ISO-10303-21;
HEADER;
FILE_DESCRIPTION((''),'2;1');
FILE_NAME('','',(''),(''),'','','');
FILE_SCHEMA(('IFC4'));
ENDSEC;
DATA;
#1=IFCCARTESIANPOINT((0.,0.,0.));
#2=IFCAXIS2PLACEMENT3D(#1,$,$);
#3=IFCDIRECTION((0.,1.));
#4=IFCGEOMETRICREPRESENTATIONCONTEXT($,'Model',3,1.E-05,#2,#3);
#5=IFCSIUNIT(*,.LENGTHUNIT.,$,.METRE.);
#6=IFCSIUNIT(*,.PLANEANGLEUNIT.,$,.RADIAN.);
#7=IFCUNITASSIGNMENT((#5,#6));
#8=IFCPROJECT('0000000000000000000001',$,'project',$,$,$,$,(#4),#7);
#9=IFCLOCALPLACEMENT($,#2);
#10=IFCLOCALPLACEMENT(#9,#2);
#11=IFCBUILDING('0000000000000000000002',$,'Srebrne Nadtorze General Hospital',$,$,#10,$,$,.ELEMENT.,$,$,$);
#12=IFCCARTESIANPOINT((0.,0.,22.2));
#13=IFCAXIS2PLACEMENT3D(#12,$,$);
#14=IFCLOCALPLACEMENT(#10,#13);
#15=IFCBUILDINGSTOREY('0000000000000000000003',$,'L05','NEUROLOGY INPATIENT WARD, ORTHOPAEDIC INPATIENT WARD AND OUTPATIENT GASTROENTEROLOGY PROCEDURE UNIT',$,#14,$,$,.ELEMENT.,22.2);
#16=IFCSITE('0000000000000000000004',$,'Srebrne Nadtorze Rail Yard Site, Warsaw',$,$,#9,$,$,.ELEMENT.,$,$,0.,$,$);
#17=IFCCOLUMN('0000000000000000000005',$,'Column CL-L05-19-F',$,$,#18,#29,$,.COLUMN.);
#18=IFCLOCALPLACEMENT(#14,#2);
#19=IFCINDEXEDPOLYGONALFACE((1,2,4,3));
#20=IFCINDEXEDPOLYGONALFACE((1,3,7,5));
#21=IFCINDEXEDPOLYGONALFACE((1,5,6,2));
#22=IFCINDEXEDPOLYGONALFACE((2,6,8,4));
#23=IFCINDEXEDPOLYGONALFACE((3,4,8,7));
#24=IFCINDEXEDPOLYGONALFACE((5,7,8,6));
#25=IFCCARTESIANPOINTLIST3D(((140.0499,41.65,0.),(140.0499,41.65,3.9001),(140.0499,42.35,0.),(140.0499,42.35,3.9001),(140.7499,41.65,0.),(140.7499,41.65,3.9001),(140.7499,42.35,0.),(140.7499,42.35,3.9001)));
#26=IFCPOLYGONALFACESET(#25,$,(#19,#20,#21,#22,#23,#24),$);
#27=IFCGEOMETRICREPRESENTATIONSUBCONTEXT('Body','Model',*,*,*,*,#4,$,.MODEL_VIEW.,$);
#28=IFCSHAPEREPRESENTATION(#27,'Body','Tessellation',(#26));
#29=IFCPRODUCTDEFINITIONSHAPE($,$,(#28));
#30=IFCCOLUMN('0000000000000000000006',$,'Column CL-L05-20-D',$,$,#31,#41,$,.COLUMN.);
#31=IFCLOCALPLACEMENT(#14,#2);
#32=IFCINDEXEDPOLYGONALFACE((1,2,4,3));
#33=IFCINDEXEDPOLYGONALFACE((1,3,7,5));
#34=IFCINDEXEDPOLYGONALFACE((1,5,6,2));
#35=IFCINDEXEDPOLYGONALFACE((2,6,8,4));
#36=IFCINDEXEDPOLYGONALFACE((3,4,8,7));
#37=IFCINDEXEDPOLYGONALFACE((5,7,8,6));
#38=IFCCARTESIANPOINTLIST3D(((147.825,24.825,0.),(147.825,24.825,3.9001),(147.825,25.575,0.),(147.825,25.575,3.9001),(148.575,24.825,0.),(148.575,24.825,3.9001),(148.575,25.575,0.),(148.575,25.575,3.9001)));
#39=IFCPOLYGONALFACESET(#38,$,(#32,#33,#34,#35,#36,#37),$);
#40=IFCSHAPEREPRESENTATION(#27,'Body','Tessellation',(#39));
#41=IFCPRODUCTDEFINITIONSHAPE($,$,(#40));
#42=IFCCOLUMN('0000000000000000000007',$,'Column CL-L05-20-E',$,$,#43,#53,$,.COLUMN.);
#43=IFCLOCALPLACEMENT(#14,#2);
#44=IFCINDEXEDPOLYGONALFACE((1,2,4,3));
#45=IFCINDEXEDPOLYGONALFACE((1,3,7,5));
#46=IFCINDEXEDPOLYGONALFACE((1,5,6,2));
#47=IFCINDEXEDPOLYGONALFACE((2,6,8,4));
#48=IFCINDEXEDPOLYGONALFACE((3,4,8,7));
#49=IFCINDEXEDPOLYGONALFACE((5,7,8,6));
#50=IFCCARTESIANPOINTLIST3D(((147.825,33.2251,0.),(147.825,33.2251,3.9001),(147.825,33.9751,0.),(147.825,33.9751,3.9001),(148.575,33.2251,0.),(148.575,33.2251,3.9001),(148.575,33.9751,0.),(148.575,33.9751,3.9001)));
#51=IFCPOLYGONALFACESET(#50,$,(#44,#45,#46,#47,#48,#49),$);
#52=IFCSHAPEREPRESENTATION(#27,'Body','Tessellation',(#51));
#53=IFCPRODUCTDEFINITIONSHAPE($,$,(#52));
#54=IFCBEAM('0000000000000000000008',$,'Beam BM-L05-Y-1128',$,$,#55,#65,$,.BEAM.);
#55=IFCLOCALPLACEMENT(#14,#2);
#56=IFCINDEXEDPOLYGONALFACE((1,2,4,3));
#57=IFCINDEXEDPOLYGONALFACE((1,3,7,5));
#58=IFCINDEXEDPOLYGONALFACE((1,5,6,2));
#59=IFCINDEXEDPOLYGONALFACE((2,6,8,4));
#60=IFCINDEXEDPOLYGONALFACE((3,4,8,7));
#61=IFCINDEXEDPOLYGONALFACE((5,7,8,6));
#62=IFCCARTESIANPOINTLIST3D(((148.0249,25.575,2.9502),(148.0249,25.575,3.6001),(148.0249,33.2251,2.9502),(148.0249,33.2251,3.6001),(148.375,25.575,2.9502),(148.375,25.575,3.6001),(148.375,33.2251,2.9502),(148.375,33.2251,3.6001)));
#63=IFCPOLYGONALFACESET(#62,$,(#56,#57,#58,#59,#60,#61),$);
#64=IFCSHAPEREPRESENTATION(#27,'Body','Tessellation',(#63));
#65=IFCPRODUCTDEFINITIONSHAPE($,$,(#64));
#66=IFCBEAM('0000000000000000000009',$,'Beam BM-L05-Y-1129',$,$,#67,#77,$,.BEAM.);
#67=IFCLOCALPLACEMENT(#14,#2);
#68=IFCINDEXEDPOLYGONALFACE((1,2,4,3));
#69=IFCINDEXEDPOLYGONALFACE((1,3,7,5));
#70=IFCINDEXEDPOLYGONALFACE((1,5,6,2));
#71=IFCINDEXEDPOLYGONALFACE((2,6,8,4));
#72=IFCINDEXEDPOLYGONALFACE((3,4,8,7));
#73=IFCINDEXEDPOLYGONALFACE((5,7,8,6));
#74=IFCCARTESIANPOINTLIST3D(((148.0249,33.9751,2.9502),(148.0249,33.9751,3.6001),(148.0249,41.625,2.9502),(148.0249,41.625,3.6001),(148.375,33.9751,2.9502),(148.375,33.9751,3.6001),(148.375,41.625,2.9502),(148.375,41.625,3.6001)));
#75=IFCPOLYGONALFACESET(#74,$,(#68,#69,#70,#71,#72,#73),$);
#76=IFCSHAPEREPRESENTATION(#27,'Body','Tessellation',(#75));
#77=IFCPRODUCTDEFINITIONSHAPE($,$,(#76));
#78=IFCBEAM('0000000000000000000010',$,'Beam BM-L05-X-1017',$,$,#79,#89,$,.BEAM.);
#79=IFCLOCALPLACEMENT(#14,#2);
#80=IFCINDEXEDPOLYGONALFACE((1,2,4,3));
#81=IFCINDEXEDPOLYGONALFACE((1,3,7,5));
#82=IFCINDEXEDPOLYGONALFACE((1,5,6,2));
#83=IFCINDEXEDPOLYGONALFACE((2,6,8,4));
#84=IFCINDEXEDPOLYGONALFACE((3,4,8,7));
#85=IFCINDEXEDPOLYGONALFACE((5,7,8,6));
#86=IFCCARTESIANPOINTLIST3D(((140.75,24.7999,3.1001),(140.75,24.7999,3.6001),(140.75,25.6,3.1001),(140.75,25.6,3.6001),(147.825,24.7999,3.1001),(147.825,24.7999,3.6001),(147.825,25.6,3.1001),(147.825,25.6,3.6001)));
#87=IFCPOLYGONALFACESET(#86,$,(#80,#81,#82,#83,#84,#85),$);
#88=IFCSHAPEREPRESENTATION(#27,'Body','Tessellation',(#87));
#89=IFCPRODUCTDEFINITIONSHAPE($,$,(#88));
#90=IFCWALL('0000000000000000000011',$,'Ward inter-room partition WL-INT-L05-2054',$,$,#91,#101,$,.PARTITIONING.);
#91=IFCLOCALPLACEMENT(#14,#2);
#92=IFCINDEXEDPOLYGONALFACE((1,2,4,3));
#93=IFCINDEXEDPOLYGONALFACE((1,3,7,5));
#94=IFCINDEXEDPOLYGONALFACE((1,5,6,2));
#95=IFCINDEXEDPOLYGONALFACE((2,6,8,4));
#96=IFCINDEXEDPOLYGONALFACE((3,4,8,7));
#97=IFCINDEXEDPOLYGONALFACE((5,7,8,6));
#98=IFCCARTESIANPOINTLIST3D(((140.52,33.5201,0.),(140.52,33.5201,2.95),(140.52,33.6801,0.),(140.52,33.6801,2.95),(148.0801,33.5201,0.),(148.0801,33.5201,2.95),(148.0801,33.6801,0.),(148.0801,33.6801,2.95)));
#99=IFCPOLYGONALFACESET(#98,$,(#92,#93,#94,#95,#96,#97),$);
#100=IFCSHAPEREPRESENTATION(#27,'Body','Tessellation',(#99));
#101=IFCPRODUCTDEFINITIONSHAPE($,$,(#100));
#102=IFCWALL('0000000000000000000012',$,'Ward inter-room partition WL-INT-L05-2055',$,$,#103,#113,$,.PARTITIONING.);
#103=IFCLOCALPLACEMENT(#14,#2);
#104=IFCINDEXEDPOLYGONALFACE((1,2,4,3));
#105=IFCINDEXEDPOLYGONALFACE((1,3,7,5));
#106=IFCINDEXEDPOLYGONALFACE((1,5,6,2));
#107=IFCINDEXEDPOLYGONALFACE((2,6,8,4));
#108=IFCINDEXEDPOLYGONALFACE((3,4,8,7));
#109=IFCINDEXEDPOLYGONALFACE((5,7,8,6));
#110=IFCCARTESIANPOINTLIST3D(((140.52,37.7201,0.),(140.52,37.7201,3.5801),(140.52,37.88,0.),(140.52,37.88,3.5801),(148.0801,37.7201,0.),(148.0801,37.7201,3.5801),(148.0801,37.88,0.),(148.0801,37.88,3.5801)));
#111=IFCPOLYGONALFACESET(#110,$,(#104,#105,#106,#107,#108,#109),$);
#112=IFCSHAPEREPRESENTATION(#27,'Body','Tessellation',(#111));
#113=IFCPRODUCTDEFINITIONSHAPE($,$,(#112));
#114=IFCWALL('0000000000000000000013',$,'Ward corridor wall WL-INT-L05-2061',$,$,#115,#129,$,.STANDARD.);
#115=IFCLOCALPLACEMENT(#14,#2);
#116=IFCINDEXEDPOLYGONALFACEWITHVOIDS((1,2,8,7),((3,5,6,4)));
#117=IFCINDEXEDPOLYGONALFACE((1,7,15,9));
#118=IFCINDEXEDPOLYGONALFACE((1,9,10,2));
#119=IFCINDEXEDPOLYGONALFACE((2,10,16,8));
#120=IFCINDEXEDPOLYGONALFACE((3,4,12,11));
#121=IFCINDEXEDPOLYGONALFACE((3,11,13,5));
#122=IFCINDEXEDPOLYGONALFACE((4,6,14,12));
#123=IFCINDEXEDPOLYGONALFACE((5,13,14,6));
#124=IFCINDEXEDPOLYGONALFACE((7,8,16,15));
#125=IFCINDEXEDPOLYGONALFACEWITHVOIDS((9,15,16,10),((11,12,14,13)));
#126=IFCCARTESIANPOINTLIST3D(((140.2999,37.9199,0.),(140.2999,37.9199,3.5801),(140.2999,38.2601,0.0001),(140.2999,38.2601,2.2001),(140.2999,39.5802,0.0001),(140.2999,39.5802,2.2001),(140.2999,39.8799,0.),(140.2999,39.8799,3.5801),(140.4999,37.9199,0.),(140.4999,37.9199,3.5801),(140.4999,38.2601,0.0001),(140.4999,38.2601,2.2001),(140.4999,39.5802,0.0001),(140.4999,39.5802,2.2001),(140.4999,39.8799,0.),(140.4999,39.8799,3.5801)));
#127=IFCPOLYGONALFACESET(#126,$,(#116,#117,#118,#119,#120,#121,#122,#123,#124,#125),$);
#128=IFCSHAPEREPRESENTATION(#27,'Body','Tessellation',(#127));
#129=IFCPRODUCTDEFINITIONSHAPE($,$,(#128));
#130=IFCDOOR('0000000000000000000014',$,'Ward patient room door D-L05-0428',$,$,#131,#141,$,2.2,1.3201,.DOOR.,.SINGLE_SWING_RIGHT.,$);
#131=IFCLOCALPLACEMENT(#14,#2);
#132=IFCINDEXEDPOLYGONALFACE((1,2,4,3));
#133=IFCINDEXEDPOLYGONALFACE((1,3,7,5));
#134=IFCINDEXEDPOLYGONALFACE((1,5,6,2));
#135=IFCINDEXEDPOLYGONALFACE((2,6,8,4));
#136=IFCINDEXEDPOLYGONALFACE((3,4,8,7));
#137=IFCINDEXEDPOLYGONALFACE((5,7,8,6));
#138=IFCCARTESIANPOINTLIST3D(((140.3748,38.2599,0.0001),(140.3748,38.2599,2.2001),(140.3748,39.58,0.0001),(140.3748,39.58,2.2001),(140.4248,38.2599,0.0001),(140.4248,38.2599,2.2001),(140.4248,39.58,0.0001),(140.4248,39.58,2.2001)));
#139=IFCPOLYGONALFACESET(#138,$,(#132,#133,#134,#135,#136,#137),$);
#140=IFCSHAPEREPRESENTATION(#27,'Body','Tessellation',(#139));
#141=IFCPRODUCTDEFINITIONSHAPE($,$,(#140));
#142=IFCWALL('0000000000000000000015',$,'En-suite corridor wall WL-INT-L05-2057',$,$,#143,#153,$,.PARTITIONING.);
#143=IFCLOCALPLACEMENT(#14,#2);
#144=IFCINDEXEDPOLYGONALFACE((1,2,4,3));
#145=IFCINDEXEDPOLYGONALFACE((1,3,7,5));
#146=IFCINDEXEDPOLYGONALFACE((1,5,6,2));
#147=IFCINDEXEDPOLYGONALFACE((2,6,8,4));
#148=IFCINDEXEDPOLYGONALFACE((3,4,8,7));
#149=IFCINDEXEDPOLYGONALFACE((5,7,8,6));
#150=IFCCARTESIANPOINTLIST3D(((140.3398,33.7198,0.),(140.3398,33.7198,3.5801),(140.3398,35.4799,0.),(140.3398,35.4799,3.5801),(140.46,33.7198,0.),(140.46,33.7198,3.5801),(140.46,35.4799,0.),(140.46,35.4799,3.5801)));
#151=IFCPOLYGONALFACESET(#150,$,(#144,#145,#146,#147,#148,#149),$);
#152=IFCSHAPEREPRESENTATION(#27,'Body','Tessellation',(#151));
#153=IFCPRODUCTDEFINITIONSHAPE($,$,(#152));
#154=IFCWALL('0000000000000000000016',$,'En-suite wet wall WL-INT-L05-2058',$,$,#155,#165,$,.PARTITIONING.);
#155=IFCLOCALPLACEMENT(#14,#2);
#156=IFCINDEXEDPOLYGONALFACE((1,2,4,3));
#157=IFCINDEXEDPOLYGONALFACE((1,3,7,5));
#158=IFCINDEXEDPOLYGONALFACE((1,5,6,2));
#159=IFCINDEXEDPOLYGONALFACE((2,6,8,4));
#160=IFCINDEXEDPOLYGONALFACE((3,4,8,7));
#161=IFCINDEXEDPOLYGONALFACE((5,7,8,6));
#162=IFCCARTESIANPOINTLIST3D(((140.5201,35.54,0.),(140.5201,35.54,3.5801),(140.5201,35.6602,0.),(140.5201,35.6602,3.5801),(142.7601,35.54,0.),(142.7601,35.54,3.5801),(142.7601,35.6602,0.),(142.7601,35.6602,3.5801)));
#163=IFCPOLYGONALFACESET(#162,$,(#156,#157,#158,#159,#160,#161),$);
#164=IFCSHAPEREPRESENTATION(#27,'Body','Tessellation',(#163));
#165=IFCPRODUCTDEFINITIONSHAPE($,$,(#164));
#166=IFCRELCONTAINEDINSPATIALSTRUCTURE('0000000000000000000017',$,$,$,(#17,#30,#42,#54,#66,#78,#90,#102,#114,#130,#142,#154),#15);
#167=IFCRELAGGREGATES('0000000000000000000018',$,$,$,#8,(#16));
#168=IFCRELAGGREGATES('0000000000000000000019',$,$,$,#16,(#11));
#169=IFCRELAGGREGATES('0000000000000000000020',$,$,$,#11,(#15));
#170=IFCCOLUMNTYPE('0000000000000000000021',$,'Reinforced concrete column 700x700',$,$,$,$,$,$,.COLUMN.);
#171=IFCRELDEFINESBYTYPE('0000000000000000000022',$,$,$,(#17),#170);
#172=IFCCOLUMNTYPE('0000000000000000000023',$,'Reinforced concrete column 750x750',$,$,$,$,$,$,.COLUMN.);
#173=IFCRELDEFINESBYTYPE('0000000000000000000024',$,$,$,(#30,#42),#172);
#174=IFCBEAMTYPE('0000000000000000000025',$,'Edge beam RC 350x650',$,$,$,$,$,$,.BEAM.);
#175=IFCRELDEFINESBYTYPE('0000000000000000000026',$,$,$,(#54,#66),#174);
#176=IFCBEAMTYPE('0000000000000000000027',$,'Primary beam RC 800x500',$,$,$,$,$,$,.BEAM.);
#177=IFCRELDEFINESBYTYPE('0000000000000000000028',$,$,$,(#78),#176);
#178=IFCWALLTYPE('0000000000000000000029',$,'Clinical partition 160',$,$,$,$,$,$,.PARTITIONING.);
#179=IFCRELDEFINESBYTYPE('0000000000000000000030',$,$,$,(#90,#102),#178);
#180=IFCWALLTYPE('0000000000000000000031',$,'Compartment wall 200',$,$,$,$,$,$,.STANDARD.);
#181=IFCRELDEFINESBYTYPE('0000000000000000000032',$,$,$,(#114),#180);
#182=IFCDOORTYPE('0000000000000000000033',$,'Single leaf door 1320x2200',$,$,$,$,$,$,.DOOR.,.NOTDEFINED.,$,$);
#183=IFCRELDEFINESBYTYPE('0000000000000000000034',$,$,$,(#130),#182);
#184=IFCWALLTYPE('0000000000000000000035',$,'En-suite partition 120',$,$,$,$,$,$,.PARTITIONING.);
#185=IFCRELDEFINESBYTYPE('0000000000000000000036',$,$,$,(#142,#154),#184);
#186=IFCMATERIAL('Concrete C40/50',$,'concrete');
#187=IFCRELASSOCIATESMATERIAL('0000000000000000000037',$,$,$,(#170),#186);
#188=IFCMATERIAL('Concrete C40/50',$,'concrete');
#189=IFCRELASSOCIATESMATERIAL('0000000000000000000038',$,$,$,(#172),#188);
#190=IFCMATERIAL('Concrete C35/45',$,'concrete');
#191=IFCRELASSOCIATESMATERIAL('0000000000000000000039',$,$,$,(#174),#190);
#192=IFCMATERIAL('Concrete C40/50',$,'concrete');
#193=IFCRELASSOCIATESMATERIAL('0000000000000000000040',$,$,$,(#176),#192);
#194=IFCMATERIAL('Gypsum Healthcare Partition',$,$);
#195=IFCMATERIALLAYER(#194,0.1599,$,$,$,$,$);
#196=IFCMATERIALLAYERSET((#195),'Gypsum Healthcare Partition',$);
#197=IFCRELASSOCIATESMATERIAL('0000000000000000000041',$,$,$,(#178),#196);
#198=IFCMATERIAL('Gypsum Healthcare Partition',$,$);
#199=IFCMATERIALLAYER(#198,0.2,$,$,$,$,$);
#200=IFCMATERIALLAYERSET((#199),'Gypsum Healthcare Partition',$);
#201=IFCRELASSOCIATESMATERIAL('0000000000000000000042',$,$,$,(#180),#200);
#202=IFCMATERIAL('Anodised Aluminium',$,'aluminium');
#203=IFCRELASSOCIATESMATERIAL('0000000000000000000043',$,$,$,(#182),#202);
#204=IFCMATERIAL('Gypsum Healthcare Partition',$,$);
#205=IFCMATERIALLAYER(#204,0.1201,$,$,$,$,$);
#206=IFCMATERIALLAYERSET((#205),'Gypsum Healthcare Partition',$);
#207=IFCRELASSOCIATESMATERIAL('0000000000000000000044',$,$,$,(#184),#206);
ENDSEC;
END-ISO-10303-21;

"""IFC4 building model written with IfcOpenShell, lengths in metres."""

from ifc_helpers import new_model, si_unit, direction, frame, frame_2d, origin, origin_2d, place, context, subcontext, project, spatial, rectangle, extrude, material, layer, layer_set, material_profile, profile_set, type_object, element, fill, save


model = new_model("IFC4")

# Units and contexts
model_context = context("Model", 3, precision=1e-05, world=origin(), true_north=direction((0.0, 1.0)))
body_context = subcontext(model_context, "Body", "Model", "MODEL_VIEW")
ifc_project = project(units=[si_unit("LENGTHUNIT", "METRE"), si_unit("PLANEANGLEUNIT", "RADIAN")], contexts=[model_context])

# Site, building, storey
site_placement = place(None, origin())
site = spatial("IfcSite", under=ifc_project, at=site_placement, Name="Srebrne Nadtorze Rail Yard Site, Warsaw", CompositionType="ELEMENT", RefElevation=0.0)
building_placement = place(site_placement, origin())
building = spatial("IfcBuilding", under=site, at=building_placement, Name="Srebrne Nadtorze General Hospital", CompositionType="ELEMENT")
storey_placement = place(building_placement, frame((0.0, 0.0, 22.2)))
storey = spatial("IfcBuildingStorey", under=building, at=storey_placement, Name="L05", Description="NEUROLOGY INPATIENT WARD, ORTHOPAEDIC INPATIENT WARD AND OUTPATIENT GASTROENTEROLOGY PROCEDURE UNIT", CompositionType="ELEMENT", Elevation=22.2)

# Columns
ifc_material_1 = material(Name="Concrete C40/50", Category="concrete")
ifc_material_profile_1 = material_profile(ifc_material_1, rectangle(XDim=0.7, YDim=0.7, at=origin_2d()), Name="RC-COL-700x700")
ifc_profile_set_1 = profile_set([ifc_material_profile_1], Name="Concrete C40/50")
column_type_1 = type_object("IfcColumnType", Name="Reinforced concrete column 700x700", PredefinedType="COLUMN", material=ifc_profile_set_1)
column_placement = place(storey_placement, frame((140.3999, 42.0, 0.0), z_axis=(0.0, 0.0, 1.0), x_axis=(1.0, 0.0, 0.0)))
element("IfcColumn", 1, at=column_placement, inside=storey, type_object=column_type_1, Name="Column CL-L05-19-F", PredefinedType="COLUMN", context=body_context, shape_type="SweptSolid", body=[
    extrude(rectangle(XDim=0.7, YDim=0.7, at=origin_2d()), origin(), (0.0, 0.0, 1.0), 3.9001),
])
ifc_material_2 = material(Name="Concrete C40/50", Category="concrete")
ifc_material_profile_2 = material_profile(ifc_material_2, rectangle(XDim=0.75, YDim=0.75, at=origin_2d()), Name="RC-COL-750x750")
ifc_profile_set_2 = profile_set([ifc_material_profile_2], Name="Concrete C40/50")
column_type_2 = type_object("IfcColumnType", Name="Reinforced concrete column 750x750", PredefinedType="COLUMN", material=ifc_profile_set_2)
for number, where, z_axis, x_axis, name in (
    (2, (148.2, 25.2, 0.0), (0.0, 0.0, 1.0), (1.0, 0.0, 0.0), "Column CL-L05-20-D"),
    (3, (148.2, 33.6001, 0.0), (0.0, 0.0, 1.0), (1.0, 0.0, 0.0), "Column CL-L05-20-E"),
):
    element("IfcColumn", number, at=place(storey_placement, frame(where, z_axis=z_axis, x_axis=x_axis)), inside=storey, type_object=column_type_2, Name=name, PredefinedType="COLUMN", context=body_context, shape_type="SweptSolid", body=[
        extrude(rectangle(XDim=0.75, YDim=0.75, at=origin_2d()), origin(), (0.0, 0.0, 1.0), 3.9001),
    ])

# Beams
ifc_material_3 = material(Name="Concrete C35/45", Category="concrete")
ifc_material_profile_3 = material_profile(ifc_material_3, rectangle(XDim=0.3501, YDim=0.6499, at=origin_2d()), Name="RC-BM-350x650")
ifc_profile_set_3 = profile_set([ifc_material_profile_3], Name="Concrete C35/45")
beam_type_1 = type_object("IfcBeamType", Name="Edge beam RC 350x650", PredefinedType="BEAM", material=ifc_profile_set_3)
beam_1_placement = place(storey_placement, frame((148.2, 25.575, 3.2751), z_axis=(0.0, 1.0, 0.0), x_axis=(-1.0, 0.0, 0.0)))
element("IfcBeam", 4, at=beam_1_placement, inside=storey, type_object=beam_type_1, Name="Beam BM-L05-Y-1128", PredefinedType="BEAM", context=body_context, shape_type="SweptSolid", body=[
    extrude(rectangle(XDim=0.3501, YDim=0.6499, at=origin_2d()), origin(), (0.0, 0.0, 1.0), 7.6501),
])
beam_2_placement = place(storey_placement, frame((148.2, 33.9751, 3.2751), z_axis=(0.0, 1.0, 0.0), x_axis=(-1.0, 0.0, 0.0)))
element("IfcBeam", 5, at=beam_2_placement, inside=storey, type_object=beam_type_1, Name="Beam BM-L05-Y-1129", PredefinedType="BEAM", context=body_context, shape_type="SweptSolid", body=[
    extrude(rectangle(XDim=0.3501, YDim=0.6499, at=origin_2d()), origin(), (0.0, 0.0, 1.0), 7.6499),
])
ifc_material_4 = material(Name="Concrete C40/50", Category="concrete")
ifc_material_profile_4 = material_profile(ifc_material_4, rectangle(XDim=0.8, YDim=0.5, at=origin_2d()), Name="RC-BM-800x500")
ifc_profile_set_4 = profile_set([ifc_material_profile_4], Name="Concrete C40/50")
beam_type_2 = type_object("IfcBeamType", Name="Primary beam RC 800x500", PredefinedType="BEAM", material=ifc_profile_set_4)
beam_3_placement = place(storey_placement, frame((140.75, 25.2, 3.3501), z_axis=(1.0, 0.0, 0.0), x_axis=(0.0, 1.0, 0.0)))
element("IfcBeam", 6, at=beam_3_placement, inside=storey, type_object=beam_type_2, Name="Beam BM-L05-X-1017", PredefinedType="BEAM", context=body_context, shape_type="SweptSolid", body=[
    extrude(rectangle(XDim=0.8, YDim=0.5, at=origin_2d()), origin(), (0.0, 0.0, 1.0), 7.075),
])

# Walls
ifc_material_5 = material(Name="Gypsum Healthcare Partition")
ifc_layer_1 = layer(ifc_material_5, 0.1599)
ifc_layer_set_1 = layer_set([ifc_layer_1], Name="Gypsum Healthcare Partition")
wall_type_1 = type_object("IfcWallType", Name="Clinical partition 160", PredefinedType="PARTITIONING", material=ifc_layer_set_1)
wall_1_placement = place(storey_placement, frame((140.52, 33.6001, 0.0), z_axis=(0.0, 0.0, 1.0), x_axis=(1.0, 0.0, 0.0)))
element("IfcWall", 7, at=wall_1_placement, inside=storey, type_object=wall_type_1, Name="Ward inter-room partition WL-INT-L05-2054", PredefinedType="PARTITIONING", context=body_context, shape_type="SweptSolid", body=[
    extrude(rectangle(XDim=7.5601, YDim=0.1599, at=frame_2d((3.78, 0.0))), origin(), (0.0, 0.0, 1.0), 2.95),
])
wall_2_placement = place(storey_placement, frame((140.52, 37.8, 0.0), z_axis=(0.0, 0.0, 1.0), x_axis=(1.0, 0.0, 0.0)))
element("IfcWall", 8, at=wall_2_placement, inside=storey, type_object=wall_type_1, Name="Ward inter-room partition WL-INT-L05-2055", PredefinedType="PARTITIONING", context=body_context, shape_type="SweptSolid", body=[
    extrude(rectangle(XDim=7.5601, YDim=0.1599, at=frame_2d((3.78, 0.0))), origin(), (0.0, 0.0, 1.0), 3.5801),
])

# Wall, opening, door
ifc_material_6 = material(Name="Gypsum Healthcare Partition")
ifc_layer_2 = layer(ifc_material_6, 0.2)
ifc_layer_set_2 = layer_set([ifc_layer_2], Name="Gypsum Healthcare Partition")
wall_type_2 = type_object("IfcWallType", Name="Compartment wall 200", PredefinedType="STANDARD", material=ifc_layer_set_2)
wall_3_placement = place(storey_placement, frame((140.3999, 37.9199, 0.0), z_axis=(0.0, 0.0, 1.0), x_axis=(0.0, 1.0, 0.0)))
wall_3 = element("IfcWall", 9, at=wall_3_placement, inside=storey, type_object=wall_type_2, Name="Ward corridor wall WL-INT-L05-2061", PredefinedType="STANDARD", context=body_context, shape_type="SweptSolid", body=[
    extrude(rectangle(XDim=1.96, YDim=0.2, at=frame_2d((0.98, 0.0))), origin(), (0.0, 0.0, 1.0), 3.5801),
])
opening_1_placement = place(wall_3_placement, frame((0.3401, 0.0, 0.0)))
opening_1 = element("IfcOpeningElement", 10, at=opening_1_placement, cuts=wall_3, PredefinedType="OPENING", context=body_context, shape_type="SweptSolid", body=[
    extrude(rectangle(XDim=1.3201, YDim=2.2, at=frame_2d((0.6602, 1.1001))), frame((0.0, 0.1118, 0.0), z_axis=(0.0, -1.0, 0.0), x_axis=(1.0, 0.0, 0.0)), (0.0, 0.0, 1.0), 0.2239),
])
ifc_material_7 = material(Name="Anodised Aluminium", Category="aluminium")
door_type_1 = type_object("IfcDoorType", Name="Single leaf door 1320x2200", OperationType="NOTDEFINED", PredefinedType="DOOR", material=ifc_material_7)
door_1_placement = place(opening_1_placement, frame((1.3201, 0.0, 0.0), z_axis=(0.0, 0.0, 1.0), x_axis=(-1.0, 0.0, 0.0)))
door_1 = element("IfcDoor", 11, at=door_1_placement, inside=storey, type_object=door_type_1, Name="Ward patient room door D-L05-0428", OperationType="SINGLE_SWING_RIGHT", OverallHeight=2.2, OverallWidth=1.3201, PredefinedType="DOOR", context=body_context, shape_type="SweptSolid", body=[
    extrude(rectangle(XDim=1.3201, YDim=2.2, at=frame_2d((0.6602, 1.1001))), frame((0.0, 0.0249, 0.0), z_axis=(0.0, -1.0, 0.0), x_axis=(1.0, 0.0, 0.0)), (0.0, 0.0, 1.0), 0.05),
])
fill(opening_1, door_1)

# Walls
ifc_material_8 = material(Name="Gypsum Healthcare Partition")
ifc_layer_3 = layer(ifc_material_8, 0.1201)
ifc_layer_set_3 = layer_set([ifc_layer_3], Name="Gypsum Healthcare Partition")
wall_type_3 = type_object("IfcWallType", Name="En-suite partition 120", PredefinedType="PARTITIONING", material=ifc_layer_set_3)
wall_4_placement = place(storey_placement, frame((140.3999, 33.72, 0.0), z_axis=(0.0, 0.0, 1.0), x_axis=(0.0, 1.0, 0.0)))
element("IfcWall", 12, at=wall_4_placement, inside=storey, type_object=wall_type_3, Name="En-suite corridor wall WL-INT-L05-2057", PredefinedType="PARTITIONING", context=body_context, shape_type="SweptSolid", body=[
    extrude(rectangle(XDim=1.76, YDim=0.1201, at=frame_2d((0.8799, 0.0))), origin(), (0.0, 0.0, 1.0), 3.5801),
])
wall_5_placement = place(storey_placement, frame((140.52, 35.6001, 0.0), z_axis=(0.0, 0.0, 1.0), x_axis=(1.0, 0.0, 0.0)))
element("IfcWall", 13, at=wall_5_placement, inside=storey, type_object=wall_type_3, Name="En-suite wet wall WL-INT-L05-2058", PredefinedType="PARTITIONING", context=body_context, shape_type="SweptSolid", body=[
    extrude(rectangle(XDim=2.24, YDim=0.1201, at=frame_2d((1.1201, 0.0))), origin(), (0.0, 0.0, 1.0), 3.5801),
])

save(model, "model.ifc")
